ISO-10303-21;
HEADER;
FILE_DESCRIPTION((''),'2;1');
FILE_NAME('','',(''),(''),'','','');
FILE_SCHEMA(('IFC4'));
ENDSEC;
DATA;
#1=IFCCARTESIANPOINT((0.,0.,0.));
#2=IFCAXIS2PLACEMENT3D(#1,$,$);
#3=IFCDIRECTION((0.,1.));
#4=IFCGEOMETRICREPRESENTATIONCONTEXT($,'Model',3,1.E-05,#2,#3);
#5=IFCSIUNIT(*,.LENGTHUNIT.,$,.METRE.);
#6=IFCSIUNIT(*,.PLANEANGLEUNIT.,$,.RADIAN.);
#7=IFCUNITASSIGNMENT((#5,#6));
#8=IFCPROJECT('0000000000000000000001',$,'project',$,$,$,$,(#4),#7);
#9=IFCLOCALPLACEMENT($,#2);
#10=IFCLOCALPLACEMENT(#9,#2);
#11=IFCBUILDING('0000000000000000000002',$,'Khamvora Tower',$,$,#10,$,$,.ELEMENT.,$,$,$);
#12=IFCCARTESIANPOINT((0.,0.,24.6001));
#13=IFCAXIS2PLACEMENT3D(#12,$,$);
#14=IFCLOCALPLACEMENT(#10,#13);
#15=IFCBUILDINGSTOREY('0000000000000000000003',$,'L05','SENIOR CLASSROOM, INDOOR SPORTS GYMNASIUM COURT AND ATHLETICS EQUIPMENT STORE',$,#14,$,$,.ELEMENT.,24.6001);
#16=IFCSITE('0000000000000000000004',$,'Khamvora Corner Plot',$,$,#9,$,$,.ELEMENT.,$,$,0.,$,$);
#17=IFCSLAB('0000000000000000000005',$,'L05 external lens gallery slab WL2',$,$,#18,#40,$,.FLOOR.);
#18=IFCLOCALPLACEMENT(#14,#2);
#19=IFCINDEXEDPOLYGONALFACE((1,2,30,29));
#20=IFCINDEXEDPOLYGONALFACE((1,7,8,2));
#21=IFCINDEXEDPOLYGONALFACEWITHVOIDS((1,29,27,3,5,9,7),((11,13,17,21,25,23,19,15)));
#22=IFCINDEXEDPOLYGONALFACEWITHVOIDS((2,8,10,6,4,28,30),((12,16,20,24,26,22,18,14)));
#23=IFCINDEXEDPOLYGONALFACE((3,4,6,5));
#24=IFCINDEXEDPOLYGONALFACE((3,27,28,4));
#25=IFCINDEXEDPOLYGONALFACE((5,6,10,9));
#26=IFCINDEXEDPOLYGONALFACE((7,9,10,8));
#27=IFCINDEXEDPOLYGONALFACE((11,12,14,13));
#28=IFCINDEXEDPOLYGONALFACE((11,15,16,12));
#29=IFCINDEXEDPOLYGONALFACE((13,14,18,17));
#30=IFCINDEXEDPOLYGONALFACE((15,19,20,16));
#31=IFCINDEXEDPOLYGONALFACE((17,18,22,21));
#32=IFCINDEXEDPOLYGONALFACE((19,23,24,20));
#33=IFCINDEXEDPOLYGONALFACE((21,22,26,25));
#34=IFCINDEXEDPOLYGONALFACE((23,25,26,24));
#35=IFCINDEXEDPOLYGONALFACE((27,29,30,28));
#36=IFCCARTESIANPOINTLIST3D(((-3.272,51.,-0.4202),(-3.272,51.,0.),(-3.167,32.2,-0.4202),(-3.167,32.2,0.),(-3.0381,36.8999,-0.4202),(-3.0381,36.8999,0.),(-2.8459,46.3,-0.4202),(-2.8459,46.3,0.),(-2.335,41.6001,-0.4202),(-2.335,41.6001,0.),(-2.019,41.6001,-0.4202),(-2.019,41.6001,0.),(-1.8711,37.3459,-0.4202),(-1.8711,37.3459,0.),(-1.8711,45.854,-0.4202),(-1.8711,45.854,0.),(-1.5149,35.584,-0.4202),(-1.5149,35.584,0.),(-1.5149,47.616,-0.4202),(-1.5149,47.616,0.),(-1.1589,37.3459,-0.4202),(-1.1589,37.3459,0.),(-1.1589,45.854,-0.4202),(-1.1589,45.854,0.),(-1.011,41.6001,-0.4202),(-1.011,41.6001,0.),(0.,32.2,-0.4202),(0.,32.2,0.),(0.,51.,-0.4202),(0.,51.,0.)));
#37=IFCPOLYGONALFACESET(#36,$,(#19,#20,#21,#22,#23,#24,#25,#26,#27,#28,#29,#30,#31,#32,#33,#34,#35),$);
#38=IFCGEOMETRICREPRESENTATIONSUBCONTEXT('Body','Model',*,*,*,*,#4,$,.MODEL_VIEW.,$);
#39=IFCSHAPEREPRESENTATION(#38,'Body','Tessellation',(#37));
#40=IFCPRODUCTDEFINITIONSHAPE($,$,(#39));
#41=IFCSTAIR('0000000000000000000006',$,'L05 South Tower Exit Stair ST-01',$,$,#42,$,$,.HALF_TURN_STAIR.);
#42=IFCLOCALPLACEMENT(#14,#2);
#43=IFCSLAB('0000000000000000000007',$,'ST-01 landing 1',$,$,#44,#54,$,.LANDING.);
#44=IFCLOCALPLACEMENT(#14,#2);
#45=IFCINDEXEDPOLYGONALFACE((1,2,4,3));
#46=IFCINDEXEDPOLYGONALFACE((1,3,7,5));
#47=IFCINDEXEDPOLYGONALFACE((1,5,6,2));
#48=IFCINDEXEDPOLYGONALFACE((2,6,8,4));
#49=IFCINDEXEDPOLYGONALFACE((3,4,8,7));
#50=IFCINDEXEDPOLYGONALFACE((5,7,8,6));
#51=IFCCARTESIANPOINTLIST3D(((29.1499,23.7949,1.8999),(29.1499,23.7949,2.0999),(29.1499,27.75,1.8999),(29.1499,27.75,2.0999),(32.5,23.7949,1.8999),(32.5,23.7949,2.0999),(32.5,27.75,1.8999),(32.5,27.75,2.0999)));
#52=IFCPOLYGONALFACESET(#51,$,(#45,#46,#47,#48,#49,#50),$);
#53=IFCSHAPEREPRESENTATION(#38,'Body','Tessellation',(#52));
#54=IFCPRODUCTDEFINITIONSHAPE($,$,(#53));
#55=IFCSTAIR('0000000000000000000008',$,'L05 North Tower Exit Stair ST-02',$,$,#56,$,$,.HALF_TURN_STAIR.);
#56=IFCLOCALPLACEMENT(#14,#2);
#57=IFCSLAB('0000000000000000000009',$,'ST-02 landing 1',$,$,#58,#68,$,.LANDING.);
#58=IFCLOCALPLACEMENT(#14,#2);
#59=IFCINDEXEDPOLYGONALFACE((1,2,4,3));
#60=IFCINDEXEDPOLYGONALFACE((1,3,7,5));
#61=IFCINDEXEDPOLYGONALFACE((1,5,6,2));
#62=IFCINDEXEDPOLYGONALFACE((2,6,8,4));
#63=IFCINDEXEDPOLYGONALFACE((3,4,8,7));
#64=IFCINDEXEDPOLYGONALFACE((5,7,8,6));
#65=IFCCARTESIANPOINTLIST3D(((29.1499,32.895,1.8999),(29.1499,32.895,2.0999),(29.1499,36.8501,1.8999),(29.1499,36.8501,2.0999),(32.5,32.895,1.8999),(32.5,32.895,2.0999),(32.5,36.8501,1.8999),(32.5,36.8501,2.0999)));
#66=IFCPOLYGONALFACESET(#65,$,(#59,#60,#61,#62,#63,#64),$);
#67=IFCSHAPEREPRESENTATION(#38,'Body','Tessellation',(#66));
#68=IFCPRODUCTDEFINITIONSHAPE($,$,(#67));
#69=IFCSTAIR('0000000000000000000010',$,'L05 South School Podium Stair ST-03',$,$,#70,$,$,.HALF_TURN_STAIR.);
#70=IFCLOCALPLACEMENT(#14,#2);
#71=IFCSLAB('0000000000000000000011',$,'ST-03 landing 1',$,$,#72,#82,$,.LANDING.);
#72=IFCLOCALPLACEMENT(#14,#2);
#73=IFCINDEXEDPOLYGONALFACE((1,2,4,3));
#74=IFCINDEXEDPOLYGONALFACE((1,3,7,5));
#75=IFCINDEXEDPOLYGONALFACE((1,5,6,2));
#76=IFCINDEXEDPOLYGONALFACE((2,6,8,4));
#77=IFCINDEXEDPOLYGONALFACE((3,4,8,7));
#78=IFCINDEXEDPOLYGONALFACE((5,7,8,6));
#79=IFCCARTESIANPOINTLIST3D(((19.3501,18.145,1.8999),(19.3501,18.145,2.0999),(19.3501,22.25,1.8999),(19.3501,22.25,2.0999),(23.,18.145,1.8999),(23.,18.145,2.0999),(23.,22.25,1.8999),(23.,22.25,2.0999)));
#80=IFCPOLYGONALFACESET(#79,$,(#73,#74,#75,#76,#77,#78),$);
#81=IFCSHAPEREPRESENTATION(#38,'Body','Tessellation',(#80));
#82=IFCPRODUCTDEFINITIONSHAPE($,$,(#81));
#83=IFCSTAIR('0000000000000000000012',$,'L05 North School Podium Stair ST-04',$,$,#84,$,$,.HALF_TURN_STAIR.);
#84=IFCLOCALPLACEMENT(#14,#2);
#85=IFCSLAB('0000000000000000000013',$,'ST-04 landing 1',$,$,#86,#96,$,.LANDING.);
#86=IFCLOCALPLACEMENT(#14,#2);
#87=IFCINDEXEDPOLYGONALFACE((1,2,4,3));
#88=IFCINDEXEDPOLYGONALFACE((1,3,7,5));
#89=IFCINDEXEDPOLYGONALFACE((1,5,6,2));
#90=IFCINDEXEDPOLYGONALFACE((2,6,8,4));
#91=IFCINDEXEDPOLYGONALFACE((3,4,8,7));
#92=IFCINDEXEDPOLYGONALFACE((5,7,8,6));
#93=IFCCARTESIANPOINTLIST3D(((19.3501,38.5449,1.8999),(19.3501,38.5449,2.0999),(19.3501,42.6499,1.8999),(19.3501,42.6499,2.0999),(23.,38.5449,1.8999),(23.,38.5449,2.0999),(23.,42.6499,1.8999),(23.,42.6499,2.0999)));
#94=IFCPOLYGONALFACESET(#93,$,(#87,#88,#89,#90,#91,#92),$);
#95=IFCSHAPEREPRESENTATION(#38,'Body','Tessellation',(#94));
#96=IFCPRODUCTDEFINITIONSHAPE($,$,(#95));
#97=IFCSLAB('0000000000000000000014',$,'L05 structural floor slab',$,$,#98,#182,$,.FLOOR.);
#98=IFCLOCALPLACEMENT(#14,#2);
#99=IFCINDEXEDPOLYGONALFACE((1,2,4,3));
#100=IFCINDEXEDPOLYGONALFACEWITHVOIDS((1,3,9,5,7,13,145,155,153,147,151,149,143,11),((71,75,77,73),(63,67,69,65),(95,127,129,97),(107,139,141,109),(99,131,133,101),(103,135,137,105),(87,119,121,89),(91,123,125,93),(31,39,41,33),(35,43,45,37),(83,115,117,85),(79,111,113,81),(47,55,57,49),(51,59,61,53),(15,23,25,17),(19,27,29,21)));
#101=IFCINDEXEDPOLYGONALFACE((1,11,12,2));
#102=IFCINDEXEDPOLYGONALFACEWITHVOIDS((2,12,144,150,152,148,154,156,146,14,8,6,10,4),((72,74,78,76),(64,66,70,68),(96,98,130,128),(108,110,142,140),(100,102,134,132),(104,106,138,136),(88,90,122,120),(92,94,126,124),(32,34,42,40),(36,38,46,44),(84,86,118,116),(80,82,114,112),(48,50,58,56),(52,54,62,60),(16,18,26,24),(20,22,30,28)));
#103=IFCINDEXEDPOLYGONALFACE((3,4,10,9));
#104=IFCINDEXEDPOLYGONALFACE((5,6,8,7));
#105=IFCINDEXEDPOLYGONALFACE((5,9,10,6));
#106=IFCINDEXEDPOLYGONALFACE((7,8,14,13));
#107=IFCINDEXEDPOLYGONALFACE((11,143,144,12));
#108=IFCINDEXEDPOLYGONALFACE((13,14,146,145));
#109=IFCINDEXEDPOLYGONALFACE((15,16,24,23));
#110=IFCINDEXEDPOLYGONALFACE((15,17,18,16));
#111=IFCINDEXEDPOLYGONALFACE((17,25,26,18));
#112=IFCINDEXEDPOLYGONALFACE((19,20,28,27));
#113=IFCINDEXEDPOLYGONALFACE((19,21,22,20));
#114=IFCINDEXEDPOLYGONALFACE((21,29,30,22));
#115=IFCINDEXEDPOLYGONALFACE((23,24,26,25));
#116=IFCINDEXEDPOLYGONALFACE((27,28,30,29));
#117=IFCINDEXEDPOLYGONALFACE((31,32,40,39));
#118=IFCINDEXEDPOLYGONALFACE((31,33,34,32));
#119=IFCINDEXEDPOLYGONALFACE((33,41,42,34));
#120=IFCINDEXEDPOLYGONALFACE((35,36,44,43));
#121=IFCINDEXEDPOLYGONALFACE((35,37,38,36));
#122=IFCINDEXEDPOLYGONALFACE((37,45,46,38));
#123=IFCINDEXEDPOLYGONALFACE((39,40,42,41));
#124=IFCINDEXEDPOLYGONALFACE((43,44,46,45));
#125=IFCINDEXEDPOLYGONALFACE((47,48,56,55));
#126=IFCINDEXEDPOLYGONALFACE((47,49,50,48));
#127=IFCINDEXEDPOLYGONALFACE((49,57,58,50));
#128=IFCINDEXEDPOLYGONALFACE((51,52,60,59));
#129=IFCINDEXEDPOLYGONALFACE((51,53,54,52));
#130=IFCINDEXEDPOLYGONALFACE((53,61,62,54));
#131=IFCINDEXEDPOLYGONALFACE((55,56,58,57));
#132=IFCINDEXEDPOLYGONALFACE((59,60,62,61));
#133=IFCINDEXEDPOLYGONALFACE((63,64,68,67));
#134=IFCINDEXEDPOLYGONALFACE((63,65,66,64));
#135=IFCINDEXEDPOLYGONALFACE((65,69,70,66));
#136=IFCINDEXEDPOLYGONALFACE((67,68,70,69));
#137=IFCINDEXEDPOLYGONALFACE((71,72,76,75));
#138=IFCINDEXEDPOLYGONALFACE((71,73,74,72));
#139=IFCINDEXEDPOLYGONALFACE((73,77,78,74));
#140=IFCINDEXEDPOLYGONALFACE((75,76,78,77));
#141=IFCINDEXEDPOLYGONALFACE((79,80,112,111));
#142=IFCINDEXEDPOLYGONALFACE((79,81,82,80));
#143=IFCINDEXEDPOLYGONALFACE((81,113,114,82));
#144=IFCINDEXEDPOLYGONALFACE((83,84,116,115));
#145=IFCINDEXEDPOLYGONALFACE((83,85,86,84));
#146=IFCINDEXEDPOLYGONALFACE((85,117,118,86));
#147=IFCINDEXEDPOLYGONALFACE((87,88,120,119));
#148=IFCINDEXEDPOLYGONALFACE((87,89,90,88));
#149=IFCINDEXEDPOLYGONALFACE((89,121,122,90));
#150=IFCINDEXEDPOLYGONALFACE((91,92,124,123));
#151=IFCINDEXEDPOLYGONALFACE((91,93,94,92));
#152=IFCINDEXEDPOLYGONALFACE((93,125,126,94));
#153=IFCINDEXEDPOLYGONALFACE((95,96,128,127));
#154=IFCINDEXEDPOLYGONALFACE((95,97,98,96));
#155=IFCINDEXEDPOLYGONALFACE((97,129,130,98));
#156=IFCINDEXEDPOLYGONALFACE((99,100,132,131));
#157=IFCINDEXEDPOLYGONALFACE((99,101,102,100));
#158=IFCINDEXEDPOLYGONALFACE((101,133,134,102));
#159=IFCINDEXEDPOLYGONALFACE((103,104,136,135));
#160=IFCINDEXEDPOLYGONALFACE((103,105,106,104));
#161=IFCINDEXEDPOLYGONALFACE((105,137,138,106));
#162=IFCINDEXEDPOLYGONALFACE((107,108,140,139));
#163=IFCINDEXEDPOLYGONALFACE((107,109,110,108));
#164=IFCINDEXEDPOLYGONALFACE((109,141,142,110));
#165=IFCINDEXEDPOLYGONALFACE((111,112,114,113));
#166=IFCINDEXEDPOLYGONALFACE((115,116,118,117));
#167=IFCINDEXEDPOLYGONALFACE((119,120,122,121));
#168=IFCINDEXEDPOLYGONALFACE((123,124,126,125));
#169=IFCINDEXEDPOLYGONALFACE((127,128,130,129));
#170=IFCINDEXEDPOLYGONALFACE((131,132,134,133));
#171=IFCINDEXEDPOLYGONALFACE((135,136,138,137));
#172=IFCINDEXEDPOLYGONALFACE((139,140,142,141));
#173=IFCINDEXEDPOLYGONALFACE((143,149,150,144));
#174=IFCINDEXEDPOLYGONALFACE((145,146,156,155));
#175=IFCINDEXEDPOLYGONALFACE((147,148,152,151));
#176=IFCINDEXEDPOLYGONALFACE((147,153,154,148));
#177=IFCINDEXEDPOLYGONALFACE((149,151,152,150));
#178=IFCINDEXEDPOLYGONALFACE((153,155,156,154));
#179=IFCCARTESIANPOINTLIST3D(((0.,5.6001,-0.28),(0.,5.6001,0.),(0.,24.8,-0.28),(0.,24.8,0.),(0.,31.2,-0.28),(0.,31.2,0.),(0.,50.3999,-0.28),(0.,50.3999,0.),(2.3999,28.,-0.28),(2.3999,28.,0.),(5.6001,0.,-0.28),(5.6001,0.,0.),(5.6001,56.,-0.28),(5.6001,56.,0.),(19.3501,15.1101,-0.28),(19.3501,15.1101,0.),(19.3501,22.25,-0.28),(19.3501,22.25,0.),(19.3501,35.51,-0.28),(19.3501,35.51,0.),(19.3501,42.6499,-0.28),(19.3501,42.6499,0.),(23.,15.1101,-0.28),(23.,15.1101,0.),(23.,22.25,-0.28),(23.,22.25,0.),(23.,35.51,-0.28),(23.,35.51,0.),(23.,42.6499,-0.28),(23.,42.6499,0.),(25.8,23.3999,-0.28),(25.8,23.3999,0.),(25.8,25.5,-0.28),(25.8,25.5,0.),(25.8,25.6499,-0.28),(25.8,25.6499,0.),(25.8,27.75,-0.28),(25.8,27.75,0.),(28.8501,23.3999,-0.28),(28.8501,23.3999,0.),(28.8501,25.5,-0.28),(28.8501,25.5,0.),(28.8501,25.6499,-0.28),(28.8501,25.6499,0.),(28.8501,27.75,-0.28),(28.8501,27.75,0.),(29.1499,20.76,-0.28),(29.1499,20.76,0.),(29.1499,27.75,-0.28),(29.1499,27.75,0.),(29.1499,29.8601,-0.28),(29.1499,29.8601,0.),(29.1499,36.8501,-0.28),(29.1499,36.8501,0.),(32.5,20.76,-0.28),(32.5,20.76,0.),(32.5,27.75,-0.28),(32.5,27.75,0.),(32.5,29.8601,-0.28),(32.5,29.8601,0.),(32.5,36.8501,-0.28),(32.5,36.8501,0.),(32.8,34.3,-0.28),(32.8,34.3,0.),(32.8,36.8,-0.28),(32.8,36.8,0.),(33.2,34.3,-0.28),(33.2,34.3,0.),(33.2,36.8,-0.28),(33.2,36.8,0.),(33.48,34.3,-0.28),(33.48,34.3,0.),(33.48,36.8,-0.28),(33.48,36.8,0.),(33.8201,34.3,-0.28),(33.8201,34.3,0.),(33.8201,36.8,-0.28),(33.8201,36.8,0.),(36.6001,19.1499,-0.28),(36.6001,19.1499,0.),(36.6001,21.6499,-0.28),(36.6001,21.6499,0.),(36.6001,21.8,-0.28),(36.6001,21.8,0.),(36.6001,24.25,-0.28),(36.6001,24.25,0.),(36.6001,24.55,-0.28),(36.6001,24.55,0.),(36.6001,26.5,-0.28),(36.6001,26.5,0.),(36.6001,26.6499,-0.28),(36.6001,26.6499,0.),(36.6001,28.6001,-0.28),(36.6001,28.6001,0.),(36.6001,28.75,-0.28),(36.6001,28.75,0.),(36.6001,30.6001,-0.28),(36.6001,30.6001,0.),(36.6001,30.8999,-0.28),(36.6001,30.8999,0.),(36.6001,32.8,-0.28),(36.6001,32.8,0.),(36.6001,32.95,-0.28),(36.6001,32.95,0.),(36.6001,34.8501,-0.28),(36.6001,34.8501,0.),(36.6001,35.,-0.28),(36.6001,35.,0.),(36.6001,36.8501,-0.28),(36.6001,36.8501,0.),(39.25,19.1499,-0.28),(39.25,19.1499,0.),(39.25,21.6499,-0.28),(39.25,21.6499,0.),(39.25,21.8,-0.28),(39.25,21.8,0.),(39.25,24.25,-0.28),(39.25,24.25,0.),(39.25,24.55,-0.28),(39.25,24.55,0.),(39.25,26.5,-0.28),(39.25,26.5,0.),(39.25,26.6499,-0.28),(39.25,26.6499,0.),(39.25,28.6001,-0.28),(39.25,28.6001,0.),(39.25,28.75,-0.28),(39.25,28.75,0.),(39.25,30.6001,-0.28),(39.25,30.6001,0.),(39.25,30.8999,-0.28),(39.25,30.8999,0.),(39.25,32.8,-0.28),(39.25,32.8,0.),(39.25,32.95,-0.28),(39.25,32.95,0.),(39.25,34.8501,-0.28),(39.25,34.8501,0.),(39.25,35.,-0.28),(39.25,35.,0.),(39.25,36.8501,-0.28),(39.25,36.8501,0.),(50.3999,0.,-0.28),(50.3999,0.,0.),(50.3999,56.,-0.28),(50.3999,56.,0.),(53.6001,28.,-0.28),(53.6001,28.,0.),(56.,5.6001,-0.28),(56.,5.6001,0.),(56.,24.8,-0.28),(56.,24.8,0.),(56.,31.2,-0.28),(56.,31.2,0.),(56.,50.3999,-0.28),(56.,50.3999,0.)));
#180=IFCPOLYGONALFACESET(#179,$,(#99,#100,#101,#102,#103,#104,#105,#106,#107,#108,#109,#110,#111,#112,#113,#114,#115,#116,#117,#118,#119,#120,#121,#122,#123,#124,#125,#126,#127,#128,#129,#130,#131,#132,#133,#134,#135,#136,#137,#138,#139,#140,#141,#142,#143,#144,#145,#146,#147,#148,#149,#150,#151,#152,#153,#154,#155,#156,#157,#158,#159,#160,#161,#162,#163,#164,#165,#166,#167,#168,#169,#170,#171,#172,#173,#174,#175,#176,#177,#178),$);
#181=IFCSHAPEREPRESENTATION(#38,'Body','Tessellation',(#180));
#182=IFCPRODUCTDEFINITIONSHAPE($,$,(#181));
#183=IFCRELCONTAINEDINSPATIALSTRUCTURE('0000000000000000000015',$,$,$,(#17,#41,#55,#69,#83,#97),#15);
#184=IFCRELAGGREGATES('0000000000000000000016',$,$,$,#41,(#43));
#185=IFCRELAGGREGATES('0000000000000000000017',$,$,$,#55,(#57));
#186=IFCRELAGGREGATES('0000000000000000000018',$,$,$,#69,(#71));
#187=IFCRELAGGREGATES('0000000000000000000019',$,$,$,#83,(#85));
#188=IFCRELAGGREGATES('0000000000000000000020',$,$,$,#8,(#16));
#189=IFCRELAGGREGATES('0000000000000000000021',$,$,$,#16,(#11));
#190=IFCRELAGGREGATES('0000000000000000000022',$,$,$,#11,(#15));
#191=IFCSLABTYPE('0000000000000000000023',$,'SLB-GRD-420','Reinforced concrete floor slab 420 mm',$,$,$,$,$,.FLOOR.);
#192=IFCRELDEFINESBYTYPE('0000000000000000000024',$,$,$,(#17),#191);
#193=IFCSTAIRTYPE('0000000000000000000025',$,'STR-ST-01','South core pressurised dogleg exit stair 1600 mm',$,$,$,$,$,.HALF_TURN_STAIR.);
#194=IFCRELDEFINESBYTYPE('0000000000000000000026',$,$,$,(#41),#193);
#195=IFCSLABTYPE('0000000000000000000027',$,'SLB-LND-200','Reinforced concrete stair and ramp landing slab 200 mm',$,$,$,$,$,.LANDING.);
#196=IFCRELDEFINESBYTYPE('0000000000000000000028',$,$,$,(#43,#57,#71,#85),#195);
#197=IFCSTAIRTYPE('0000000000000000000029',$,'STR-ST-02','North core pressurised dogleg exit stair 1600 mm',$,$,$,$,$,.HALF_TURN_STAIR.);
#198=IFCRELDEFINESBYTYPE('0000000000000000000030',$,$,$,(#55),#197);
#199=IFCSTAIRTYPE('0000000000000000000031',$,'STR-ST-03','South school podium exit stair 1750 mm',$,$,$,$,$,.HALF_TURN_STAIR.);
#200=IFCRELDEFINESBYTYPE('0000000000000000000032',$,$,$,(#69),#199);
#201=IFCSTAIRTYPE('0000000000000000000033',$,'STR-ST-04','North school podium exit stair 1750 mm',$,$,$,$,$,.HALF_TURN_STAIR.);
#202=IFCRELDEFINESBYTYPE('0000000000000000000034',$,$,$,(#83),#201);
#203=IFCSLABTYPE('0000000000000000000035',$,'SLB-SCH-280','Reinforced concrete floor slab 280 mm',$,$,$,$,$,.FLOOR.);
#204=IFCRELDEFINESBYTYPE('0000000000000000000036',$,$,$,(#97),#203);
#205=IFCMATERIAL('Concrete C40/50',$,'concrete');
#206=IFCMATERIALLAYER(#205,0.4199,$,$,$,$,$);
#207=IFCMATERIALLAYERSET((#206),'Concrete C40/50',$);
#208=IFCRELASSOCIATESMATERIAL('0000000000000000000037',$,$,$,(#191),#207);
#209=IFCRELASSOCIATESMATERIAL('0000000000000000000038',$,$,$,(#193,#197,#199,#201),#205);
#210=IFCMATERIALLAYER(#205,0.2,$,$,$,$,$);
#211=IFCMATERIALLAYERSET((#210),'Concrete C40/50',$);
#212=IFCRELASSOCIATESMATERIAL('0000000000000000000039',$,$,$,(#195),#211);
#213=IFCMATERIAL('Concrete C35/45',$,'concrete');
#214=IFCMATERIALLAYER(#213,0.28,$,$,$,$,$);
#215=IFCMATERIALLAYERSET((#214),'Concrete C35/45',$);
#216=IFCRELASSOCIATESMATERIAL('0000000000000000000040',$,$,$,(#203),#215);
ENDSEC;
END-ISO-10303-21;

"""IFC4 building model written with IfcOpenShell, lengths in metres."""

from ifc_helpers import new_model, si_unit, direction, frame, origin, place, context, subcontext, project, spatial, polyline, outline, extrude, material, layer, layer_set, type_object, element, aggregate, save


model = new_model("IFC4")

# Units and contexts
model_context = context("Model", 3, precision=1e-05, world=origin(), true_north=direction((0.0, 1.0)))
body_context = subcontext(model_context, "Body", "Model", "MODEL_VIEW")
ifc_project = project(units=[si_unit("LENGTHUNIT", "METRE"), si_unit("PLANEANGLEUNIT", "RADIAN")], contexts=[model_context])

# Site, building, storey
site_placement = place(None, origin())
site = spatial("IfcSite", under=ifc_project, at=site_placement, Name="Khamvora Corner Plot", CompositionType="ELEMENT", RefElevation=0.0)
building_placement = place(site_placement, origin())
building = spatial("IfcBuilding", under=site, at=building_placement, Name="Khamvora Tower", CompositionType="ELEMENT")
storey_placement = place(building_placement, frame((0.0, 0.0, 24.6001)))
storey = spatial("IfcBuildingStorey", under=building, at=storey_placement, Name="L05", Description="SENIOR CLASSROOM, INDOOR SPORTS GYMNASIUM COURT AND ATHLETICS EQUIPMENT STORE", CompositionType="ELEMENT", Elevation=24.6001)

# Slab
ifc_material_1 = material(Name="Concrete C40/50", Category="concrete")
ifc_layer_1 = layer(ifc_material_1, 0.4199)
ifc_layer_set_1 = layer_set([ifc_layer_1], Name="Concrete C40/50")
slab_type_1 = type_object("IfcSlabType", Name="SLB-GRD-420", Description="Reinforced concrete floor slab 420 mm", PredefinedType="FLOOR", material=ifc_layer_set_1)
slab_1_placement = place(storey_placement, frame((0.0, 0.0, -0.4202)))
element("IfcSlab", 1, at=slab_1_placement, inside=storey, type_object=slab_type_1, Name="L05 external lens gallery slab WL2", PredefinedType="FLOOR", context=body_context, shape_type="SweptSolid", body=[
    extrude(outline(polyline([(0.0, 32.2), (0.0, 51.0), (-3.272, 51.0), (-2.8459, 46.3), (-2.335, 41.6001), (-3.0381, 36.8999), (-3.167, 32.2), (0.0, 32.2)]), holes=[polyline([(-1.011, 41.6001), (-1.1589, 45.854), (-1.5149, 47.616), (-1.8711, 45.854), (-2.019, 41.6001), (-1.8711, 37.3459), (-1.5149, 35.584), (-1.1589, 37.3459), (-1.011, 41.6001)])]), origin(), (0.0, 0.0, 1.0), 0.4202),
])

# Stairs, slabs
stair_type_1 = type_object("IfcStairType", Name="STR-ST-01", Description="South core pressurised dogleg exit stair 1600 mm", PredefinedType="HALF_TURN_STAIR", material=ifc_material_1)
stair_1_placement = place(storey_placement, origin())
stair_1 = element("IfcStair", 2, at=stair_1_placement, inside=storey, type_object=stair_type_1, Name="L05 South Tower Exit Stair ST-01", PredefinedType="HALF_TURN_STAIR")
ifc_layer_2 = layer(ifc_material_1, 0.2)
ifc_layer_set_2 = layer_set([ifc_layer_2], Name="Concrete C40/50")
slab_type_2 = type_object("IfcSlabType", Name="SLB-LND-200", Description="Reinforced concrete stair and ramp landing slab 200 mm", PredefinedType="LANDING", material=ifc_layer_set_2)
slab_2_placement = place(storey_placement, frame((0.0, 0.0, 1.8999)))
slab_2 = element("IfcSlab", 3, at=slab_2_placement, type_object=slab_type_2, Name="ST-01 landing 1", PredefinedType="LANDING", context=body_context, shape_type="SweptSolid", body=[
    extrude(outline(polyline([(32.5, 23.7949), (32.5, 27.75), (29.1499, 27.75), (29.1499, 23.7949), (32.5, 23.7949)])), origin(), (0.0, 0.0, 1.0), 0.2),
])
aggregate(stair_1, [slab_2])
stair_type_2 = type_object("IfcStairType", Name="STR-ST-02", Description="North core pressurised dogleg exit stair 1600 mm", PredefinedType="HALF_TURN_STAIR", material=ifc_material_1)
stair_2_placement = place(storey_placement, origin())
stair_2 = element("IfcStair", 4, at=stair_2_placement, inside=storey, type_object=stair_type_2, Name="L05 North Tower Exit Stair ST-02", PredefinedType="HALF_TURN_STAIR")
slab_3_placement = place(storey_placement, frame((0.0, 0.0, 1.8999)))
slab_3 = element("IfcSlab", 5, at=slab_3_placement, type_object=slab_type_2, Name="ST-02 landing 1", PredefinedType="LANDING", context=body_context, shape_type="SweptSolid", body=[
    extrude(outline(polyline([(32.5, 32.895), (32.5, 36.8501), (29.1499, 36.8501), (29.1499, 32.895), (32.5, 32.895)])), origin(), (0.0, 0.0, 1.0), 0.2),
])
aggregate(stair_2, [slab_3])
stair_type_3 = type_object("IfcStairType", Name="STR-ST-03", Description="South school podium exit stair 1750 mm", PredefinedType="HALF_TURN_STAIR", material=ifc_material_1)
stair_3_placement = place(storey_placement, origin())
stair_3 = element("IfcStair", 6, at=stair_3_placement, inside=storey, type_object=stair_type_3, Name="L05 South School Podium Stair ST-03", PredefinedType="HALF_TURN_STAIR")
slab_4_placement = place(storey_placement, frame((0.0, 0.0, 1.8999)))
slab_4 = element("IfcSlab", 7, at=slab_4_placement, type_object=slab_type_2, Name="ST-03 landing 1", PredefinedType="LANDING", context=body_context, shape_type="SweptSolid", body=[
    extrude(outline(polyline([(23.0, 18.145), (23.0, 22.25), (19.3501, 22.25), (19.3501, 18.145), (23.0, 18.145)])), origin(), (0.0, 0.0, 1.0), 0.2),
])
aggregate(stair_3, [slab_4])
stair_type_4 = type_object("IfcStairType", Name="STR-ST-04", Description="North school podium exit stair 1750 mm", PredefinedType="HALF_TURN_STAIR", material=ifc_material_1)
stair_4_placement = place(storey_placement, origin())
stair_4 = element("IfcStair", 8, at=stair_4_placement, inside=storey, type_object=stair_type_4, Name="L05 North School Podium Stair ST-04", PredefinedType="HALF_TURN_STAIR")
slab_5_placement = place(storey_placement, frame((0.0, 0.0, 1.8999)))
slab_5 = element("IfcSlab", 9, at=slab_5_placement, type_object=slab_type_2, Name="ST-04 landing 1", PredefinedType="LANDING", context=body_context, shape_type="SweptSolid", body=[
    extrude(outline(polyline([(23.0, 38.5449), (23.0, 42.6499), (19.3501, 42.6499), (19.3501, 38.5449), (23.0, 38.5449)])), origin(), (0.0, 0.0, 1.0), 0.2),
])
aggregate(stair_4, [slab_5])

# Slab
ifc_material_2 = material(Name="Concrete C35/45", Category="concrete")
ifc_layer_3 = layer(ifc_material_2, 0.28)
ifc_layer_set_3 = layer_set([ifc_layer_3], Name="Concrete C35/45")
slab_type_3 = type_object("IfcSlabType", Name="SLB-SCH-280", Description="Reinforced concrete floor slab 280 mm", PredefinedType="FLOOR", material=ifc_layer_set_3)
slab_6_placement = place(storey_placement, frame((0.0, 0.0, -0.28)))
element("IfcSlab", 10, at=slab_6_placement, inside=storey, type_object=slab_type_3, Name="L05 structural floor slab", PredefinedType="FLOOR", context=body_context, shape_type="SweptSolid", body=[
    extrude(outline(polyline([(5.6001, 0.0), (50.3999, 0.0), (56.0, 5.6001), (56.0, 24.8), (53.6001, 28.0), (56.0, 31.2), (56.0, 50.3999), (50.3999, 56.0), (5.6001, 56.0), (0.0, 50.3999), (0.0, 31.2), (2.3999, 28.0), (0.0, 24.8), (0.0, 5.6001), (5.6001, 0.0)]), holes=[polyline([(32.5, 20.76), (32.5, 27.75), (29.1499, 27.75), (29.1499, 20.76), (32.5, 20.76)]), polyline([(32.5, 29.8601), (32.5, 36.8501), (29.1499, 36.8501), (29.1499, 29.8601), (32.5, 29.8601)]), polyline([(23.0, 15.1101), (23.0, 22.25), (19.3501, 22.25), (19.3501, 15.1101), (23.0, 15.1101)]), polyline([(23.0, 35.51), (23.0, 42.6499), (19.3501, 42.6499), (19.3501, 35.51), (23.0, 35.51)]), polyline([(36.6001, 19.1499), (39.25, 19.1499), (39.25, 21.6499), (36.6001, 21.6499), (36.6001, 19.1499)]), polyline([(36.6001, 21.8), (39.25, 21.8), (39.25, 24.25), (36.6001, 24.25), (36.6001, 21.8)]), polyline([(36.6001, 24.55), (39.25, 24.55), (39.25, 26.5), (36.6001, 26.5), (36.6001, 24.55)]), polyline([(36.6001, 26.6499), (39.25, 26.6499), (39.25, 28.6001), (36.6001, 28.6001), (36.6001, 26.6499)]), polyline([(36.6001, 28.75), (39.25, 28.75), (39.25, 30.6001), (36.6001, 30.6001), (36.6001, 28.75)]), polyline([(36.6001, 30.8999), (39.25, 30.8999), (39.25, 32.8), (36.6001, 32.8), (36.6001, 30.8999)]), polyline([(36.6001, 32.95), (39.25, 32.95), (39.25, 34.8501), (36.6001, 34.8501), (36.6001, 32.95)]), polyline([(36.6001, 35.0), (39.25, 35.0), (39.25, 36.8501), (36.6001, 36.8501), (36.6001, 35.0)]), polyline([(25.8, 23.3999), (28.8501, 23.3999), (28.8501, 25.5), (25.8, 25.5), (25.8, 23.3999)]), polyline([(25.8, 25.6499), (28.8501, 25.6499), (28.8501, 27.75), (25.8, 27.75), (25.8, 25.6499)]), polyline([(32.8, 34.3), (33.2, 34.3), (33.2, 36.8), (32.8, 36.8), (32.8, 34.3)]), polyline([(33.48, 34.3), (33.8201, 34.3), (33.8201, 36.8), (33.48, 36.8), (33.48, 34.3)])]), origin(), (0.0, 0.0, 1.0), 0.28),
])

save(model, "model.ifc")
